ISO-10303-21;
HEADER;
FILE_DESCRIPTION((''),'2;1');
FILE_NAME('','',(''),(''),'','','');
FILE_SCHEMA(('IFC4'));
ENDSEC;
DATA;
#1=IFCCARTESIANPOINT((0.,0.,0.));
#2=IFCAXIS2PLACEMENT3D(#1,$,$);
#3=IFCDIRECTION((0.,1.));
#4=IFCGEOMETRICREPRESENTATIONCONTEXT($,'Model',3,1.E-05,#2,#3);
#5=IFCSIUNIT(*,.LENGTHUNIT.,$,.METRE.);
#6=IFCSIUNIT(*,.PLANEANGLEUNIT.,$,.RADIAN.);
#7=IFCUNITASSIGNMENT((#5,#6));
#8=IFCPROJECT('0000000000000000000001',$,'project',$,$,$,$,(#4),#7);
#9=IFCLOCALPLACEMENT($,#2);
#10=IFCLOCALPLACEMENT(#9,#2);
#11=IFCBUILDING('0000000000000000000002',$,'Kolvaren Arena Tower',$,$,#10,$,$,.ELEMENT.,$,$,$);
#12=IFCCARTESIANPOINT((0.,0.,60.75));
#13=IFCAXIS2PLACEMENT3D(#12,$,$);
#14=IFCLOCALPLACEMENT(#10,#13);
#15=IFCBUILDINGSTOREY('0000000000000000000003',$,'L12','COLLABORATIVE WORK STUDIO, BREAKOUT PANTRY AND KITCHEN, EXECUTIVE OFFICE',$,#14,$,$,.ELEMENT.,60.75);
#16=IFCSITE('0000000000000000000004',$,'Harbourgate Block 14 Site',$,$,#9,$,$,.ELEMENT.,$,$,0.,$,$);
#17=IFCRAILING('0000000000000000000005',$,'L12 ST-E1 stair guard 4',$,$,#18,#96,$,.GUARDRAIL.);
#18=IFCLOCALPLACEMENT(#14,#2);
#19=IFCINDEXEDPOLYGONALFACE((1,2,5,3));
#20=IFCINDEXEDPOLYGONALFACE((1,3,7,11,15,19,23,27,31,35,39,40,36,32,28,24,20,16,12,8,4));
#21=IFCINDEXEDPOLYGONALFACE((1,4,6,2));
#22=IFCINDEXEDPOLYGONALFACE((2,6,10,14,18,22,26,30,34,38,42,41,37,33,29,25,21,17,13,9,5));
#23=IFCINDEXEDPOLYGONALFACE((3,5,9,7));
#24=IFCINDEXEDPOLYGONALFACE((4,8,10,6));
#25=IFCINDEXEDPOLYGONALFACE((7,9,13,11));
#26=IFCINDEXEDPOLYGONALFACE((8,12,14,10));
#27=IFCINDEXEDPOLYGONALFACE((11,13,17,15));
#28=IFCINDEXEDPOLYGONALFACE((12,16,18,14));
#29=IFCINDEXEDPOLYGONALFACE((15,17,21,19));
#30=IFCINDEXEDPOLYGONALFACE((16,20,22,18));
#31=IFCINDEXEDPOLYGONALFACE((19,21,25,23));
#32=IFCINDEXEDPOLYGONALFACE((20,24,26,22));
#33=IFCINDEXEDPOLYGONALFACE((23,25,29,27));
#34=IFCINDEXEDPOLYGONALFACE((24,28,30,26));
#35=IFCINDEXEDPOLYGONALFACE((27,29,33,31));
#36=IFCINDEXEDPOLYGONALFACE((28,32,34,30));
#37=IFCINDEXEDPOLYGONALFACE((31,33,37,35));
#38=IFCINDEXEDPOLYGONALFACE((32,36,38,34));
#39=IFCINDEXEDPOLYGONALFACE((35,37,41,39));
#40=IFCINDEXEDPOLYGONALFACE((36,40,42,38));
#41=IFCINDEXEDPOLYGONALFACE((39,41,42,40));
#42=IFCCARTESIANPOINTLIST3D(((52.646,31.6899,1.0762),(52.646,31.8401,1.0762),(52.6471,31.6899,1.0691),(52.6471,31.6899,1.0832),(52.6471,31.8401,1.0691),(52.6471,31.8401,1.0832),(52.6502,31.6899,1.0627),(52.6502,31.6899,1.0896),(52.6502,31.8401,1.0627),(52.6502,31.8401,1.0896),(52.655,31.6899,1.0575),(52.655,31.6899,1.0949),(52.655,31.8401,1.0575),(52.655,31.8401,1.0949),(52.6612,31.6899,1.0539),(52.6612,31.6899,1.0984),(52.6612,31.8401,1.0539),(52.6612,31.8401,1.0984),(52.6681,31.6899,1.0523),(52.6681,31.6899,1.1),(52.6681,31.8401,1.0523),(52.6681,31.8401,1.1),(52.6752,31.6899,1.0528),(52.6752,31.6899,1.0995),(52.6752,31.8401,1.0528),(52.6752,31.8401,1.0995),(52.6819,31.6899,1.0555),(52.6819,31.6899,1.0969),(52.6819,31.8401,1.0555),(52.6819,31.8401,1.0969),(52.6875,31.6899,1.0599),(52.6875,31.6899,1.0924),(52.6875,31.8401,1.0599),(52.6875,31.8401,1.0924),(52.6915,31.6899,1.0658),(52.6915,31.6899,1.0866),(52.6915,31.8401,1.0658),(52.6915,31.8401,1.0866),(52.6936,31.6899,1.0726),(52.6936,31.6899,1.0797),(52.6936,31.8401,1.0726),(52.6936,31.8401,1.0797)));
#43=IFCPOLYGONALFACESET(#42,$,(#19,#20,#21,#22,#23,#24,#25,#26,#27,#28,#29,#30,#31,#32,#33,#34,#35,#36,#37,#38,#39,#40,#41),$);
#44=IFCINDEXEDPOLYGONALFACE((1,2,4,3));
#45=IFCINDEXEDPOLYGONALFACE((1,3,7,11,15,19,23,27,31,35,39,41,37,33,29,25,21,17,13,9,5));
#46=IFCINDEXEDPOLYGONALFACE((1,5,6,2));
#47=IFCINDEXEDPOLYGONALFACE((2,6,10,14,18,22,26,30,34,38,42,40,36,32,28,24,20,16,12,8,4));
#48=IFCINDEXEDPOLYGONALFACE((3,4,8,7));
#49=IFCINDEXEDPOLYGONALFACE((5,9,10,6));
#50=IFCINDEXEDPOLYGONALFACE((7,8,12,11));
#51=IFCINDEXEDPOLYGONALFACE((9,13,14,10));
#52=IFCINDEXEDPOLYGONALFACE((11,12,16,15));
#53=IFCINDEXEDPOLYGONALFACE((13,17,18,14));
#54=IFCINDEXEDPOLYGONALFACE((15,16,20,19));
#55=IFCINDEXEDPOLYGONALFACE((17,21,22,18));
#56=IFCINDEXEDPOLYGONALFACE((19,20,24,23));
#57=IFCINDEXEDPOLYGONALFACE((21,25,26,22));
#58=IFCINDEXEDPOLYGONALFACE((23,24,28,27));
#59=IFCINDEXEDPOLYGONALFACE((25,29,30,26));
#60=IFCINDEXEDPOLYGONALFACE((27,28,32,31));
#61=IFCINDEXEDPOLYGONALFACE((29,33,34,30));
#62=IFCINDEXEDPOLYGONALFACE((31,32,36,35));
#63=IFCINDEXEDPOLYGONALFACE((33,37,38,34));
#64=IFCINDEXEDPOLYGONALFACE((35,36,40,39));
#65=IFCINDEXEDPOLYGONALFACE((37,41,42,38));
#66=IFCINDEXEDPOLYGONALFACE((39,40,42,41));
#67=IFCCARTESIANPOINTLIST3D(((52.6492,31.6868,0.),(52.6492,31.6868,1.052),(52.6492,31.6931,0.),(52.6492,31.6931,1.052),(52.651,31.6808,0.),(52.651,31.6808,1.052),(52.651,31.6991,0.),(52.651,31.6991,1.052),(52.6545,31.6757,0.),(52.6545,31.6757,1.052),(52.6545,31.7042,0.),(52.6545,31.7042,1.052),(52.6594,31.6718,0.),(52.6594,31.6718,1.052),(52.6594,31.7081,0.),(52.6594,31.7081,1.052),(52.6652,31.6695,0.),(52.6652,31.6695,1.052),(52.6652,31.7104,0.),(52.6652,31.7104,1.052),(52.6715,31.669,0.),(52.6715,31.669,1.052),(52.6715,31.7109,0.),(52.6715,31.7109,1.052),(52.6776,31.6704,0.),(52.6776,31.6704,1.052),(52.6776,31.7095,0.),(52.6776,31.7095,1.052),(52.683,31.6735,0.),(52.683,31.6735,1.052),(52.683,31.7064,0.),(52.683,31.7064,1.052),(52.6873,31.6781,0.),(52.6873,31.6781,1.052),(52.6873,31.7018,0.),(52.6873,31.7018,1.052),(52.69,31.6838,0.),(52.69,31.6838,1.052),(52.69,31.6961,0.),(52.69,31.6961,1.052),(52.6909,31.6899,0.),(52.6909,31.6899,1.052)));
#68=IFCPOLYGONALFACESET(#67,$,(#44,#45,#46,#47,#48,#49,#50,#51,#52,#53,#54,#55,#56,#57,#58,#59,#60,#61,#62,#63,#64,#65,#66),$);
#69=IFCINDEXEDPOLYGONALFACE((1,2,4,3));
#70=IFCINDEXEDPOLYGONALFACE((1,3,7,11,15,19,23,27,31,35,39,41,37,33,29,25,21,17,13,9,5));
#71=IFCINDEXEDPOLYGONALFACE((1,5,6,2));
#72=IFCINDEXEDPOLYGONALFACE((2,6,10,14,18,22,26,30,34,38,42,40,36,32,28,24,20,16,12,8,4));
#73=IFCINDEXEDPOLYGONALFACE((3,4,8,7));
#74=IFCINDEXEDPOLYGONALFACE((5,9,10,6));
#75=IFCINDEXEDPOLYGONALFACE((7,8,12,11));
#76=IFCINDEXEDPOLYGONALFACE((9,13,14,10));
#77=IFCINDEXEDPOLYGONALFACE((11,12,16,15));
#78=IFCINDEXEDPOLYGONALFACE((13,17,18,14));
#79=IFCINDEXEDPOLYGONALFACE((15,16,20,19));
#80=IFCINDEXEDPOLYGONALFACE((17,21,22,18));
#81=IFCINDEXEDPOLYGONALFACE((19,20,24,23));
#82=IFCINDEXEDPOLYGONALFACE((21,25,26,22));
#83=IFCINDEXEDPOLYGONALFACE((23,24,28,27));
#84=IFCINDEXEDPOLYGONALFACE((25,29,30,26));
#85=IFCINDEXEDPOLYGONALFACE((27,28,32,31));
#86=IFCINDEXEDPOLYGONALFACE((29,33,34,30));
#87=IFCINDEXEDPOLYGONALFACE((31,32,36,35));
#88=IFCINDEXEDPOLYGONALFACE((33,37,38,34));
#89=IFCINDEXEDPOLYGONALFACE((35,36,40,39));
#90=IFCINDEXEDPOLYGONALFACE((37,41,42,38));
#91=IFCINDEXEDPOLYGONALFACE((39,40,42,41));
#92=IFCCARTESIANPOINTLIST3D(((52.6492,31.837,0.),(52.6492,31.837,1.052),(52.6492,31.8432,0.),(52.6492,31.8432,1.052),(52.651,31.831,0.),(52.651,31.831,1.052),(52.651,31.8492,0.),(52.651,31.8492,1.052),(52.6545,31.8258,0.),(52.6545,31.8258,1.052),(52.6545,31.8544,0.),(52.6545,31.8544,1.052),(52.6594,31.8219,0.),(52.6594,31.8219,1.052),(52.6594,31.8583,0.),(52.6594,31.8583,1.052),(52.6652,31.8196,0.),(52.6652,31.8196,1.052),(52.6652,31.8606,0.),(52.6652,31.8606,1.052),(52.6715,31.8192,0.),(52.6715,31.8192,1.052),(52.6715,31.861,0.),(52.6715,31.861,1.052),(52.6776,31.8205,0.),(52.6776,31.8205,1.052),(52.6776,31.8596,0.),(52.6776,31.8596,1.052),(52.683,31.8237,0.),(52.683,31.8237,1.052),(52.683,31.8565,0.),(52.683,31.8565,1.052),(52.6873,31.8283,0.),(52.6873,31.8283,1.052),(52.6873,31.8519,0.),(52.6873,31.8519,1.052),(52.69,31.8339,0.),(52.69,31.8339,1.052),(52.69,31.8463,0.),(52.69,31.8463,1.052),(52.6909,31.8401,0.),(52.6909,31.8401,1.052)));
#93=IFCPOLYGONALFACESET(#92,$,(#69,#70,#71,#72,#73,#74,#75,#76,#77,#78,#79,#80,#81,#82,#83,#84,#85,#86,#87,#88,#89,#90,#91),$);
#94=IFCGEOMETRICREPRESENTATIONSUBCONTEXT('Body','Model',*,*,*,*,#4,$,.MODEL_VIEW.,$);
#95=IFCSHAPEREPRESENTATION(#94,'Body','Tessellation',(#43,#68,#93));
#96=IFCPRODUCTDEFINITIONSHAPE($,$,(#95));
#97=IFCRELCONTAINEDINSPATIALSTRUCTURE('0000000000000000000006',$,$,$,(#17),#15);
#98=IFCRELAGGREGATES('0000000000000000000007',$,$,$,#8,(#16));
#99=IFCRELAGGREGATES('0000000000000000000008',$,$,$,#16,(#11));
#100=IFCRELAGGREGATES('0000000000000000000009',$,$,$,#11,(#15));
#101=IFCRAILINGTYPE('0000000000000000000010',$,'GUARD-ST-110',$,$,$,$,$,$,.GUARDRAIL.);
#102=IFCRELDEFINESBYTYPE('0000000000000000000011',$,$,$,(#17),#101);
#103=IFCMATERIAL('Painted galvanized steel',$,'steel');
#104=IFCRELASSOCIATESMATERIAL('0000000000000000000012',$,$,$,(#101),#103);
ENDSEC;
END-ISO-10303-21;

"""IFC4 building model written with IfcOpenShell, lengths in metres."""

from ifc_helpers import new_model, si_unit, direction, frame, origin, origin_2d, place, context, subcontext, project, spatial, circle, extrude, material, type_object, element, save


model = new_model("IFC4")

# Units and contexts
model_context = context("Model", 3, precision=1e-05, world=origin(), true_north=direction((0.0, 1.0)))
body_context = subcontext(model_context, "Body", "Model", "MODEL_VIEW")
ifc_project = project(units=[si_unit("LENGTHUNIT", "METRE"), si_unit("PLANEANGLEUNIT", "RADIAN")], contexts=[model_context])

# Site, building, storey
site_placement = place(None, origin())
site = spatial("IfcSite", under=ifc_project, at=site_placement, Name="Harbourgate Block 14 Site", CompositionType="ELEMENT", RefElevation=0.0)
building_placement = place(site_placement, origin())
building = spatial("IfcBuilding", under=site, at=building_placement, Name="Kolvaren Arena Tower", CompositionType="ELEMENT")
storey_placement = place(building_placement, frame((0.0, 0.0, 60.75)))
storey = spatial("IfcBuildingStorey", under=building, at=storey_placement, Name="L12", Description="COLLABORATIVE WORK STUDIO, BREAKOUT PANTRY AND KITCHEN, EXECUTIVE OFFICE", CompositionType="ELEMENT", Elevation=60.75)

# Railing
ifc_material_1 = material(Name="Painted galvanized steel", Category="steel")
railing_type_1 = type_object("IfcRailingType", Name="GUARD-ST-110", PredefinedType="GUARDRAIL", material=ifc_material_1)
railing_1_placement = place(storey_placement, frame((52.6699, 31.6899, 0.0)))
element("IfcRailing", 1, at=railing_1_placement, inside=storey, type_object=railing_type_1, Name="L12 ST-E1 stair guard 4", PredefinedType="GUARDRAIL", context=body_context, shape_type="SweptSolid", body=[
    extrude(circle(Radius=0.0239, at=origin_2d()), frame((0.0, 0.0, 1.0762), z_axis=(0.0, 1.0, 0.0), x_axis=(-1.0, 0.0, 0.0)), (0.0, 0.0, 1.0), 0.1501),
    extrude(circle(Radius=0.021, at=origin_2d()), origin(), (0.0, 0.0, 1.0), 1.052),
    extrude(circle(Radius=0.021, at=origin_2d()), frame((0.0, 0.1501, 0.0)), (0.0, 0.0, 1.0), 1.052),
])

save(model, "model.ifc")
